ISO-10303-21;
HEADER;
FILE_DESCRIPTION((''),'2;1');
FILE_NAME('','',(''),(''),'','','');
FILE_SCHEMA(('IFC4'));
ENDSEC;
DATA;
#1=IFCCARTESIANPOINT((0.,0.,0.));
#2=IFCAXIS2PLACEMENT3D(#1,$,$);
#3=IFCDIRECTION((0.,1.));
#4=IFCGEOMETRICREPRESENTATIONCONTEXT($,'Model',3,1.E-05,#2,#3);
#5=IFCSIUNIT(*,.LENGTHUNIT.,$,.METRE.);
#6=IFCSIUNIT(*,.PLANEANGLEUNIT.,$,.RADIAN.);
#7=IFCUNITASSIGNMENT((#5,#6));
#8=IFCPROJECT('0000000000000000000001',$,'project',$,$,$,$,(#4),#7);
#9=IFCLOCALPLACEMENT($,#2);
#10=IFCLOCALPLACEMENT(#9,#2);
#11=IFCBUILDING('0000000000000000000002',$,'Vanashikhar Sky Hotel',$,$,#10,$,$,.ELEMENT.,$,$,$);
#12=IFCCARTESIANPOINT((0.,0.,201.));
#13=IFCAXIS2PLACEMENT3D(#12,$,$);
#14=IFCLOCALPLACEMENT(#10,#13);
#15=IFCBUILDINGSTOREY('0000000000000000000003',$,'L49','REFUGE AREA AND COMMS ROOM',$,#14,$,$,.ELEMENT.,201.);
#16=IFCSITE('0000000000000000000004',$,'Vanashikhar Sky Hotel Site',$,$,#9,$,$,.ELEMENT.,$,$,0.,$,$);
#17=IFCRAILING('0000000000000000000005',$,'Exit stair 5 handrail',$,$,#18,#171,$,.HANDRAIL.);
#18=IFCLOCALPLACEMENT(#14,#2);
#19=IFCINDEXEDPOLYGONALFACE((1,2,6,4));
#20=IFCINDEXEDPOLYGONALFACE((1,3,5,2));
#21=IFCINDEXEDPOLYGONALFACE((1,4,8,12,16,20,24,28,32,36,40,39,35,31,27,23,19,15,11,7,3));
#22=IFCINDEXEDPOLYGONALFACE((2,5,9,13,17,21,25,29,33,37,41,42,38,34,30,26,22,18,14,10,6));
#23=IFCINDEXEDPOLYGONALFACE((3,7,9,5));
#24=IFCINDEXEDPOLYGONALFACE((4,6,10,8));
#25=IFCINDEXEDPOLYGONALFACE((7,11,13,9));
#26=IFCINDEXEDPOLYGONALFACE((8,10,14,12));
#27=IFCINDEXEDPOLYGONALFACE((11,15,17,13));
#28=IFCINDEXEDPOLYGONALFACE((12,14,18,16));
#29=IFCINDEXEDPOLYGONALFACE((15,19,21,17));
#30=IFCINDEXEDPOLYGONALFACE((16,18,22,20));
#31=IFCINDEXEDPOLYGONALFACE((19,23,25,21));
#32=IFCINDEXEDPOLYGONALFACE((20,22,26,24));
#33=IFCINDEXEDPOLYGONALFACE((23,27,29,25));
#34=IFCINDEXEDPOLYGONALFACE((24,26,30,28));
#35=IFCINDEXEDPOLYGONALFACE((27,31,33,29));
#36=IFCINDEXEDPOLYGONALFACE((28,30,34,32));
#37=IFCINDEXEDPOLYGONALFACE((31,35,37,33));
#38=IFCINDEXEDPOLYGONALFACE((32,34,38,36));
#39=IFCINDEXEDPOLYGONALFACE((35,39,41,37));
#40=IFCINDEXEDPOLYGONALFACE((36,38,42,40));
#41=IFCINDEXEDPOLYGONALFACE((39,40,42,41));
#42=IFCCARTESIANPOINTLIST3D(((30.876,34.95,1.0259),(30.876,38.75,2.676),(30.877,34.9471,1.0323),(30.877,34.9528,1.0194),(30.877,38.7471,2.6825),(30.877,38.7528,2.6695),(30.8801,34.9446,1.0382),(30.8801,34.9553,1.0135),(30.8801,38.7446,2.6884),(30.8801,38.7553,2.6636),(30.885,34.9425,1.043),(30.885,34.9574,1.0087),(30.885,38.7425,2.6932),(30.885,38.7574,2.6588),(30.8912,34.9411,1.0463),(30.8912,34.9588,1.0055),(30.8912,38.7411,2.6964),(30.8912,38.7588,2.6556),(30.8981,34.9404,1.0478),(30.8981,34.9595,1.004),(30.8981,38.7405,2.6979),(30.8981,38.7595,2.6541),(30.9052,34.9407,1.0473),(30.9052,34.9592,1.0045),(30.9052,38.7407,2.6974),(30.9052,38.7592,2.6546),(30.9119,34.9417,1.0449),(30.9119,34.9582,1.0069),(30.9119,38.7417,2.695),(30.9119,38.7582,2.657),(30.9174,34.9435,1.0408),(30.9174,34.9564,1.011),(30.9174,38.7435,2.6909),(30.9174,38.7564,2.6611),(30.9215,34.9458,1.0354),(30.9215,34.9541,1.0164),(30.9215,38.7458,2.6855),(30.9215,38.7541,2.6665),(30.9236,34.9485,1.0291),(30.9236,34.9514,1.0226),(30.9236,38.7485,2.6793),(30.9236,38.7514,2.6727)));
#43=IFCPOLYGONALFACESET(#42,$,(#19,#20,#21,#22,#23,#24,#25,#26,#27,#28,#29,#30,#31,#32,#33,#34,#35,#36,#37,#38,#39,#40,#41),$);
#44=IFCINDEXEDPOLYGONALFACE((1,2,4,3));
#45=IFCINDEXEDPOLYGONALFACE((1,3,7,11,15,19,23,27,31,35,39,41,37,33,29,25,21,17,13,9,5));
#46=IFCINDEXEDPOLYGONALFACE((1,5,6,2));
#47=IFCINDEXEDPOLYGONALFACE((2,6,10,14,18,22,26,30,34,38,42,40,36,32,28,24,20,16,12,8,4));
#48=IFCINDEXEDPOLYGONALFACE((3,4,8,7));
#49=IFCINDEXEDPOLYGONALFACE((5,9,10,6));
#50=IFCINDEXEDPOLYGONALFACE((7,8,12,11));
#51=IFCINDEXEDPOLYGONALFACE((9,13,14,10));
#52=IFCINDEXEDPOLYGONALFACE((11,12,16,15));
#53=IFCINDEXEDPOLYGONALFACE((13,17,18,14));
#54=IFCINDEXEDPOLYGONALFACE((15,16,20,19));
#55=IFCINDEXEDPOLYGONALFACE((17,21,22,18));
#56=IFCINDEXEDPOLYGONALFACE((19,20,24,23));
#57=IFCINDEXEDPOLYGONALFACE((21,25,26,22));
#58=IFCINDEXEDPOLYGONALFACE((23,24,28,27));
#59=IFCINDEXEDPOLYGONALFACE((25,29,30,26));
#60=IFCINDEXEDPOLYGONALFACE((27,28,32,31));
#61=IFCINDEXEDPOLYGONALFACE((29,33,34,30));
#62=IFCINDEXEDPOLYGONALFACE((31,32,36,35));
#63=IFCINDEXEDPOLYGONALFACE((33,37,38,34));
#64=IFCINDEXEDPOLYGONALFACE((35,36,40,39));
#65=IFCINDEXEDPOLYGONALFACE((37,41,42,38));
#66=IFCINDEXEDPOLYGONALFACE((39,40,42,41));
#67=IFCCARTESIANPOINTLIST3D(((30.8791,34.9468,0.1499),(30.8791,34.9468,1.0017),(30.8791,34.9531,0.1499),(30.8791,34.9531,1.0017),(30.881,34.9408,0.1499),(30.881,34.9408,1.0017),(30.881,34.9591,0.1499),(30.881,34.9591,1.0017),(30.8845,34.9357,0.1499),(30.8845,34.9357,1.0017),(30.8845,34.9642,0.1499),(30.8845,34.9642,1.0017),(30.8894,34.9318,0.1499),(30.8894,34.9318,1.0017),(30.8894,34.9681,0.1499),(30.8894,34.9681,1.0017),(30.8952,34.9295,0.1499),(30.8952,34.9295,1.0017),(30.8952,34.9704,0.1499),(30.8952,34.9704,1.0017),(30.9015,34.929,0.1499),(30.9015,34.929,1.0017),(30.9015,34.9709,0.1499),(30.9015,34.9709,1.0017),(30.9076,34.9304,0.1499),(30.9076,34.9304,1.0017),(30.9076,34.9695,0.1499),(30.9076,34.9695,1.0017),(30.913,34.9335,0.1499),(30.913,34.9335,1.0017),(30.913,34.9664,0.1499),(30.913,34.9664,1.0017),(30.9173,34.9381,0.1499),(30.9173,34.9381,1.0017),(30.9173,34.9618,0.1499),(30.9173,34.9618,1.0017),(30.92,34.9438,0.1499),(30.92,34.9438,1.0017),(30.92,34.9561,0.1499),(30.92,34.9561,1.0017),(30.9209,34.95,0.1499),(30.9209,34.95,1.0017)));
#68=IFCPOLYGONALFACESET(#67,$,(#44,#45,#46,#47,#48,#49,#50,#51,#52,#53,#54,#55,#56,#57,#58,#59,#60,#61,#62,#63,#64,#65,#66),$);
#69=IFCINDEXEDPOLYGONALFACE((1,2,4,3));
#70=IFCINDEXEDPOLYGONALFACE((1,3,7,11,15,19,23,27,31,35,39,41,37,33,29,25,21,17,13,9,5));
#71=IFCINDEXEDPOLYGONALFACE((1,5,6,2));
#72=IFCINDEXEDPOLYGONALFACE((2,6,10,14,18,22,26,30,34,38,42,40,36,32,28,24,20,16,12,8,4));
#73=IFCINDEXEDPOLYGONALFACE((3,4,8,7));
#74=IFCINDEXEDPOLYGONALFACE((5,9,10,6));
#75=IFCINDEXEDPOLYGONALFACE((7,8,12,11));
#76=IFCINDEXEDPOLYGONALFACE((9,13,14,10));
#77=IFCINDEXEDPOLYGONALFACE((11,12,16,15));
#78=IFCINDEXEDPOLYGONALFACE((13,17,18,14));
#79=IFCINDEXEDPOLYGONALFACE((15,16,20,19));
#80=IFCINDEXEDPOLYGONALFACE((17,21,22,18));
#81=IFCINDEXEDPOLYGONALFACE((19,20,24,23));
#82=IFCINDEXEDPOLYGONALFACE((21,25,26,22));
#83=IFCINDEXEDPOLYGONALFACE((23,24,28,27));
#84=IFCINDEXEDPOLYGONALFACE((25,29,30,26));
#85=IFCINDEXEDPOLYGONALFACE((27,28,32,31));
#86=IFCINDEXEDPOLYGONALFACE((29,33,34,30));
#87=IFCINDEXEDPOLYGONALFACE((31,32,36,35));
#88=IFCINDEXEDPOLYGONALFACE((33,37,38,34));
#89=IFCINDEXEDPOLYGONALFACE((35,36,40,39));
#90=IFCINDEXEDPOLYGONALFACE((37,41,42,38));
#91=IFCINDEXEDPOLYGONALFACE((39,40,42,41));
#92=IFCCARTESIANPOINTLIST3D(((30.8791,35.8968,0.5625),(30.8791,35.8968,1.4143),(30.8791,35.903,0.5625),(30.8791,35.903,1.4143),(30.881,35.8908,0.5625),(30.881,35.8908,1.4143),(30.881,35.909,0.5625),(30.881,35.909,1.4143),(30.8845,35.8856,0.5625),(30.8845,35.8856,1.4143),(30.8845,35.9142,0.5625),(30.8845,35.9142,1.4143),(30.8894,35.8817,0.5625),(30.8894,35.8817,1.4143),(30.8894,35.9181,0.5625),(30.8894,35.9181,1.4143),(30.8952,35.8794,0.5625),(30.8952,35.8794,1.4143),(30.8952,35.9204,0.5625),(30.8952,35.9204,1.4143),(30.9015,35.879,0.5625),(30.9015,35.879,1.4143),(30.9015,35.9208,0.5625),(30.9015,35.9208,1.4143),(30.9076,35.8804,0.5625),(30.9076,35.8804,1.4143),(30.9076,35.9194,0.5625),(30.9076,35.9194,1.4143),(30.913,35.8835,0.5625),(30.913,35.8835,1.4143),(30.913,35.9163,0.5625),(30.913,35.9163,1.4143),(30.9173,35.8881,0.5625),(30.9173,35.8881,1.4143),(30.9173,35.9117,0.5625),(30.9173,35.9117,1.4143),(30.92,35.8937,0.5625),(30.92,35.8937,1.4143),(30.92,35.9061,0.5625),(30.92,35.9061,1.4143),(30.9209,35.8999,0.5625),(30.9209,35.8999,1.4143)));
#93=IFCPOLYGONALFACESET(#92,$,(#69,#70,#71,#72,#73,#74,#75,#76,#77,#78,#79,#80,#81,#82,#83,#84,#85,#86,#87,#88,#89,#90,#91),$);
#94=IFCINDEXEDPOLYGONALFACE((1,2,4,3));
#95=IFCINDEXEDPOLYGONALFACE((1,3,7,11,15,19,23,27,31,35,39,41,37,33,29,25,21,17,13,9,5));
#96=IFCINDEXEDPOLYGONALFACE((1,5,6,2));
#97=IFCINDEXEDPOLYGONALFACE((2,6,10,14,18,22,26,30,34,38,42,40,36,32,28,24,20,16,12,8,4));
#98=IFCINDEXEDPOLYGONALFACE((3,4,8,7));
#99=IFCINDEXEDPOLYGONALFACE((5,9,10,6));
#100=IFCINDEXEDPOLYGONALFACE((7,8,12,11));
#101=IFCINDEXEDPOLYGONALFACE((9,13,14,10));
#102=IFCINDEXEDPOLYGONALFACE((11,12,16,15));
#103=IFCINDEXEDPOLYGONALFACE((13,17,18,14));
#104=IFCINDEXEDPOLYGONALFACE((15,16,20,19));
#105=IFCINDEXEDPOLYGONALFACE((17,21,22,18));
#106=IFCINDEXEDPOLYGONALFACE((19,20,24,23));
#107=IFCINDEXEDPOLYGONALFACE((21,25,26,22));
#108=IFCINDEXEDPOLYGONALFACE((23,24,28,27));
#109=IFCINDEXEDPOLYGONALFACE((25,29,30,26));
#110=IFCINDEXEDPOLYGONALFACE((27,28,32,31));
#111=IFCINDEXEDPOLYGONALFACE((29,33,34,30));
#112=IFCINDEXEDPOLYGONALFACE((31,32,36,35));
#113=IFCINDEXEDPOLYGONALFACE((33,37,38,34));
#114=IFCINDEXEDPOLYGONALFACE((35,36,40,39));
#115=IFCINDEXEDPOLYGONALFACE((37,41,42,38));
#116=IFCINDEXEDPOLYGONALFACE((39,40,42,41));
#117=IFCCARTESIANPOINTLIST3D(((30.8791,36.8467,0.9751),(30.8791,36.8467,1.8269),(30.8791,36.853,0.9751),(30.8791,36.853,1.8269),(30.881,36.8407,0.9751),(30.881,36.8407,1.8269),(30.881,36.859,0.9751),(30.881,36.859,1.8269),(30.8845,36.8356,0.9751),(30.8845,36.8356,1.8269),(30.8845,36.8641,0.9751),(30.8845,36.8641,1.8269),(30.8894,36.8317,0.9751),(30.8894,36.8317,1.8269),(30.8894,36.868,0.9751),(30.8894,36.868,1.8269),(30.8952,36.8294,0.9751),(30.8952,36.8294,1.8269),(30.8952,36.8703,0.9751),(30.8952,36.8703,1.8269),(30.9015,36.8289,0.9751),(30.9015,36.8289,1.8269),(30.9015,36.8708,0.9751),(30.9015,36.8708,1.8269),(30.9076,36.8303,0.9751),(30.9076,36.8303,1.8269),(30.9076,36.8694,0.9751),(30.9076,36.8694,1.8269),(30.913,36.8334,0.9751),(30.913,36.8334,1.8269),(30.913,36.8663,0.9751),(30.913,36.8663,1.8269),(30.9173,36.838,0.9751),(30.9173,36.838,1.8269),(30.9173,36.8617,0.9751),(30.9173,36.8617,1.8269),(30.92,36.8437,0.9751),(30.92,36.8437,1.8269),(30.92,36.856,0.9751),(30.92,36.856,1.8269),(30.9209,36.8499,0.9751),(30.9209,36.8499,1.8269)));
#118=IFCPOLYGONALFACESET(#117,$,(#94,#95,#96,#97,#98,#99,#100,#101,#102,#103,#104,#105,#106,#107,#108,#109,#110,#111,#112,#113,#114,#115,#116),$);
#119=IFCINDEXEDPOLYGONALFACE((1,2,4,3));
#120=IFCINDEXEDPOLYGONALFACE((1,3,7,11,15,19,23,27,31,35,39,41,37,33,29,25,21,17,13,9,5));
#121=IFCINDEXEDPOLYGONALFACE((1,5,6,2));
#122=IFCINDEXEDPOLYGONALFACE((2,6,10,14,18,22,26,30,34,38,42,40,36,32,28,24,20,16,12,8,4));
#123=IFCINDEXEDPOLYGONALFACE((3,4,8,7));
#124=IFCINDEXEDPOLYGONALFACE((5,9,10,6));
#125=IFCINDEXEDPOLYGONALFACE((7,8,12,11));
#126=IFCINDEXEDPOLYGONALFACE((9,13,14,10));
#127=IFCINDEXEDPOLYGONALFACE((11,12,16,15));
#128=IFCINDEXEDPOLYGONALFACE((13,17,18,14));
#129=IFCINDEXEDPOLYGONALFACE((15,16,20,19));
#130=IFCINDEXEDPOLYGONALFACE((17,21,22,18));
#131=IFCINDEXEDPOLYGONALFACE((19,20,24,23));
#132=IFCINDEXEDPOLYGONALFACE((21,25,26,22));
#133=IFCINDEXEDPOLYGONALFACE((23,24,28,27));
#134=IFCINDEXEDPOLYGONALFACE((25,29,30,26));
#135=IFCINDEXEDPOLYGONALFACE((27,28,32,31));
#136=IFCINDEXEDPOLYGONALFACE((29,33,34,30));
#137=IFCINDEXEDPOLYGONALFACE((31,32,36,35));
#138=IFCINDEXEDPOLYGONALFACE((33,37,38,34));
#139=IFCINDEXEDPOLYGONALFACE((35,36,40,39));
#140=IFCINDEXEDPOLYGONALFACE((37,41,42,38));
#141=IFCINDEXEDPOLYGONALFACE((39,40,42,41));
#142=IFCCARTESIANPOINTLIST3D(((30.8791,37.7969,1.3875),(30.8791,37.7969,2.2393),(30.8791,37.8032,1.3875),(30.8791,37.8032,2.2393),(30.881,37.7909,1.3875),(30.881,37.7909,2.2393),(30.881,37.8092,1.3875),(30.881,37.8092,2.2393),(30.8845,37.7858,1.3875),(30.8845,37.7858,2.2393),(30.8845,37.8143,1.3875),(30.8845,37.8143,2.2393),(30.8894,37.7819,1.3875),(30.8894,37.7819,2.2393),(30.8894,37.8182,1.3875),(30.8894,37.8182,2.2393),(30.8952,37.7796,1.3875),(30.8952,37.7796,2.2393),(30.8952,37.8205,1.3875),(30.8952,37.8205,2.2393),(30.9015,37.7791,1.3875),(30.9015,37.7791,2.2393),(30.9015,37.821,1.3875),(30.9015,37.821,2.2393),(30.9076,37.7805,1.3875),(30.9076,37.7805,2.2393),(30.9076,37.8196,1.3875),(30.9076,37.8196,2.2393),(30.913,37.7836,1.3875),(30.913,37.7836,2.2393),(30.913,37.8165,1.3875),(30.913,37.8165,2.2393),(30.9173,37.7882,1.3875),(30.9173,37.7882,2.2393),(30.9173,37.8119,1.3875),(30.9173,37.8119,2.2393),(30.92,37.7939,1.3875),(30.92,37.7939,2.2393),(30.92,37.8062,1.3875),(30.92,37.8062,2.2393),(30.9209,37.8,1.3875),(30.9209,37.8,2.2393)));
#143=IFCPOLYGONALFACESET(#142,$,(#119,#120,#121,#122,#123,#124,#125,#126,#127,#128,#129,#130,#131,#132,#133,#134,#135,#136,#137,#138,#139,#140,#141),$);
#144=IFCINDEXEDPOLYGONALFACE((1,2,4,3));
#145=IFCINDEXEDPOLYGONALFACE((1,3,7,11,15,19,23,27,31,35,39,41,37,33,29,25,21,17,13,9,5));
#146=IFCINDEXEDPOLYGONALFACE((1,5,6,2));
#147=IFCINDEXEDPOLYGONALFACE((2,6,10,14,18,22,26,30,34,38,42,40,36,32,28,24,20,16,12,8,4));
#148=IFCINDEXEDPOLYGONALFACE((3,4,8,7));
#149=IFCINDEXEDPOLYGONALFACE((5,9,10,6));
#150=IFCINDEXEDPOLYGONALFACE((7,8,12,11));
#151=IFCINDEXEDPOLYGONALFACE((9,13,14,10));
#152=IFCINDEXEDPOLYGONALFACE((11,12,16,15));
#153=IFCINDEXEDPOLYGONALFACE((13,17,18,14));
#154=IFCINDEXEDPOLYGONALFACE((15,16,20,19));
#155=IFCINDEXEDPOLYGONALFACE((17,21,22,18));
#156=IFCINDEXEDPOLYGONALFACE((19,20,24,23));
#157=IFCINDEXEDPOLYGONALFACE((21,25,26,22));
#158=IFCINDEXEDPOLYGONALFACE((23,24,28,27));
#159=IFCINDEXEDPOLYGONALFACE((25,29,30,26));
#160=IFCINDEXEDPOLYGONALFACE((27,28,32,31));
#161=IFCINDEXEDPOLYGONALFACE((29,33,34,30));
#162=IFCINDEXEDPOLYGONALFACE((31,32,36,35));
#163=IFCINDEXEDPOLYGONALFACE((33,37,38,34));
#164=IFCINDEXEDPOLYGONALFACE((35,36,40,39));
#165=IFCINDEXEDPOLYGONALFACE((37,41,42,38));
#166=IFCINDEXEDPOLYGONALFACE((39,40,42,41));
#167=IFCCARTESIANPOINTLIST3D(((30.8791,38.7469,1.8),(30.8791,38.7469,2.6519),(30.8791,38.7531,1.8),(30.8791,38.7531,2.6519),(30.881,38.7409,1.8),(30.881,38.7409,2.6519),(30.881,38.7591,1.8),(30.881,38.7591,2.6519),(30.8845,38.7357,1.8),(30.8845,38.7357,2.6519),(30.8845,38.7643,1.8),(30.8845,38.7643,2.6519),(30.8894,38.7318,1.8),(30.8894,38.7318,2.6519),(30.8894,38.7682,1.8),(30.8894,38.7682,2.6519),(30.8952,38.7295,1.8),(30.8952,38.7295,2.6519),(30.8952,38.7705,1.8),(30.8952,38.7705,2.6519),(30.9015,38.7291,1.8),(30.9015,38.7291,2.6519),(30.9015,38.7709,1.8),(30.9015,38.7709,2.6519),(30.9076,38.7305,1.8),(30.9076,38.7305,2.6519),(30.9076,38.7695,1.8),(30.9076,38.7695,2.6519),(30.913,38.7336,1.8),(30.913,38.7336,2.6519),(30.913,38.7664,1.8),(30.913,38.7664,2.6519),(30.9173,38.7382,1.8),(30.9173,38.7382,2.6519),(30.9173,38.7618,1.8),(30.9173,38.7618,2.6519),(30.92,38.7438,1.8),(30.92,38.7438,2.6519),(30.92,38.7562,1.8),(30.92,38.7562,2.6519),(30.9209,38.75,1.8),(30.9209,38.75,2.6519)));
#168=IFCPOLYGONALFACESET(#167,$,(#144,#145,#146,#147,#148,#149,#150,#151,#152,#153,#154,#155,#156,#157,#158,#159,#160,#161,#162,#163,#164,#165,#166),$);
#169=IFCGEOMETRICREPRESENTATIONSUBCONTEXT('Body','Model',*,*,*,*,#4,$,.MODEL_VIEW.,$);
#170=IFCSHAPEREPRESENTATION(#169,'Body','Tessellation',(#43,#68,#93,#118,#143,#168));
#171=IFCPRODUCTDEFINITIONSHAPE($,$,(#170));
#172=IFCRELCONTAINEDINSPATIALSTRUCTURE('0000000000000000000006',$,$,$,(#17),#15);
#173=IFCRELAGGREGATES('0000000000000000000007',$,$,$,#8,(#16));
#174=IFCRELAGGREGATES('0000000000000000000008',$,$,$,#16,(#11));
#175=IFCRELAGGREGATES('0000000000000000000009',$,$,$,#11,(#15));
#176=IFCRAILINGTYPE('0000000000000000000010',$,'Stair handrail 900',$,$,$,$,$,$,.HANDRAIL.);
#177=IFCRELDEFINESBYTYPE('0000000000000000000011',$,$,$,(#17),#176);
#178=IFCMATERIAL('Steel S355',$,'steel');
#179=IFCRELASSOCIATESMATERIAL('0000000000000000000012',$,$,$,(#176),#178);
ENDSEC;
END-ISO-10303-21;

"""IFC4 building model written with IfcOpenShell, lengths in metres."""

from ifc_helpers import new_model, si_unit, direction, frame, origin, origin_2d, place, context, subcontext, project, spatial, circle, extrude, source, transform, mapped, material, type_object, element, save


model = new_model("IFC4")

# Units and contexts
model_context = context("Model", 3, precision=1e-05, world=origin(), true_north=direction((0.0, 1.0)))
body_context = subcontext(model_context, "Body", "Model", "MODEL_VIEW")
ifc_project = project(units=[si_unit("LENGTHUNIT", "METRE"), si_unit("PLANEANGLEUNIT", "RADIAN")], contexts=[model_context])

# Site, building, storey
site_placement = place(None, origin())
site = spatial("IfcSite", under=ifc_project, at=site_placement, Name="Vanashikhar Sky Hotel Site", CompositionType="ELEMENT", RefElevation=0.0)
building_placement = place(site_placement, origin())
building = spatial("IfcBuilding", under=site, at=building_placement, Name="Vanashikhar Sky Hotel", CompositionType="ELEMENT")
storey_placement = place(building_placement, frame((0.0, 0.0, 201.0)))
storey = spatial("IfcBuildingStorey", under=building, at=storey_placement, Name="L49", Description="REFUGE AREA AND COMMS ROOM", CompositionType="ELEMENT", Elevation=201.0)

# Railing
ifc_material_1 = material(Name="Steel S355", Category="steel")
railing_type = type_object("IfcRailingType", Name="Stair handrail 900", PredefinedType="HANDRAIL", material=ifc_material_1)
shared_shape_1 = source(origin(), body_context, "Body", "SweptSolid", [
    extrude(circle(Radius=0.0239, at=origin_2d()), frame((0.0, 0.0, 0.876), z_axis=(0.0, 0.917251, 0.39831), x_axis=(-1.0, 0.0, 0.0)), (0.0, 0.0, 1.0), 4.1428),
    extrude(circle(Radius=0.021, at=origin_2d()), origin(), (0.0, 0.0, 1.0), 0.8518),
    extrude(circle(Radius=0.021, at=origin_2d()), frame((0.0, 0.95, 0.4126)), (0.0, 0.0, 1.0), 0.8518),
    extrude(circle(Radius=0.021, at=origin_2d()), frame((0.0, 1.8999, 0.8252)), (0.0, 0.0, 1.0), 0.8518),
    extrude(circle(Radius=0.021, at=origin_2d()), frame((0.0, 2.8501, 1.2375)), (0.0, 0.0, 1.0), 0.8518),
    extrude(circle(Radius=0.021, at=origin_2d()), frame((0.0, 3.8, 1.6501)), (0.0, 0.0, 1.0), 0.8518),
])
railing_1_placement = place(storey_placement, frame((30.8999, 34.95, 0.1499)))
element("IfcRailing", 1, at=railing_1_placement, inside=storey, type_object=railing_type, Name="Exit stair 5 handrail", PredefinedType="HANDRAIL", context=body_context, shape_type="MappedRepresentation", body=[
    mapped(shared_shape_1, transform((0.0, 0.0, 0.0), scale=1.0)),
])

save(model, "model.ifc")
